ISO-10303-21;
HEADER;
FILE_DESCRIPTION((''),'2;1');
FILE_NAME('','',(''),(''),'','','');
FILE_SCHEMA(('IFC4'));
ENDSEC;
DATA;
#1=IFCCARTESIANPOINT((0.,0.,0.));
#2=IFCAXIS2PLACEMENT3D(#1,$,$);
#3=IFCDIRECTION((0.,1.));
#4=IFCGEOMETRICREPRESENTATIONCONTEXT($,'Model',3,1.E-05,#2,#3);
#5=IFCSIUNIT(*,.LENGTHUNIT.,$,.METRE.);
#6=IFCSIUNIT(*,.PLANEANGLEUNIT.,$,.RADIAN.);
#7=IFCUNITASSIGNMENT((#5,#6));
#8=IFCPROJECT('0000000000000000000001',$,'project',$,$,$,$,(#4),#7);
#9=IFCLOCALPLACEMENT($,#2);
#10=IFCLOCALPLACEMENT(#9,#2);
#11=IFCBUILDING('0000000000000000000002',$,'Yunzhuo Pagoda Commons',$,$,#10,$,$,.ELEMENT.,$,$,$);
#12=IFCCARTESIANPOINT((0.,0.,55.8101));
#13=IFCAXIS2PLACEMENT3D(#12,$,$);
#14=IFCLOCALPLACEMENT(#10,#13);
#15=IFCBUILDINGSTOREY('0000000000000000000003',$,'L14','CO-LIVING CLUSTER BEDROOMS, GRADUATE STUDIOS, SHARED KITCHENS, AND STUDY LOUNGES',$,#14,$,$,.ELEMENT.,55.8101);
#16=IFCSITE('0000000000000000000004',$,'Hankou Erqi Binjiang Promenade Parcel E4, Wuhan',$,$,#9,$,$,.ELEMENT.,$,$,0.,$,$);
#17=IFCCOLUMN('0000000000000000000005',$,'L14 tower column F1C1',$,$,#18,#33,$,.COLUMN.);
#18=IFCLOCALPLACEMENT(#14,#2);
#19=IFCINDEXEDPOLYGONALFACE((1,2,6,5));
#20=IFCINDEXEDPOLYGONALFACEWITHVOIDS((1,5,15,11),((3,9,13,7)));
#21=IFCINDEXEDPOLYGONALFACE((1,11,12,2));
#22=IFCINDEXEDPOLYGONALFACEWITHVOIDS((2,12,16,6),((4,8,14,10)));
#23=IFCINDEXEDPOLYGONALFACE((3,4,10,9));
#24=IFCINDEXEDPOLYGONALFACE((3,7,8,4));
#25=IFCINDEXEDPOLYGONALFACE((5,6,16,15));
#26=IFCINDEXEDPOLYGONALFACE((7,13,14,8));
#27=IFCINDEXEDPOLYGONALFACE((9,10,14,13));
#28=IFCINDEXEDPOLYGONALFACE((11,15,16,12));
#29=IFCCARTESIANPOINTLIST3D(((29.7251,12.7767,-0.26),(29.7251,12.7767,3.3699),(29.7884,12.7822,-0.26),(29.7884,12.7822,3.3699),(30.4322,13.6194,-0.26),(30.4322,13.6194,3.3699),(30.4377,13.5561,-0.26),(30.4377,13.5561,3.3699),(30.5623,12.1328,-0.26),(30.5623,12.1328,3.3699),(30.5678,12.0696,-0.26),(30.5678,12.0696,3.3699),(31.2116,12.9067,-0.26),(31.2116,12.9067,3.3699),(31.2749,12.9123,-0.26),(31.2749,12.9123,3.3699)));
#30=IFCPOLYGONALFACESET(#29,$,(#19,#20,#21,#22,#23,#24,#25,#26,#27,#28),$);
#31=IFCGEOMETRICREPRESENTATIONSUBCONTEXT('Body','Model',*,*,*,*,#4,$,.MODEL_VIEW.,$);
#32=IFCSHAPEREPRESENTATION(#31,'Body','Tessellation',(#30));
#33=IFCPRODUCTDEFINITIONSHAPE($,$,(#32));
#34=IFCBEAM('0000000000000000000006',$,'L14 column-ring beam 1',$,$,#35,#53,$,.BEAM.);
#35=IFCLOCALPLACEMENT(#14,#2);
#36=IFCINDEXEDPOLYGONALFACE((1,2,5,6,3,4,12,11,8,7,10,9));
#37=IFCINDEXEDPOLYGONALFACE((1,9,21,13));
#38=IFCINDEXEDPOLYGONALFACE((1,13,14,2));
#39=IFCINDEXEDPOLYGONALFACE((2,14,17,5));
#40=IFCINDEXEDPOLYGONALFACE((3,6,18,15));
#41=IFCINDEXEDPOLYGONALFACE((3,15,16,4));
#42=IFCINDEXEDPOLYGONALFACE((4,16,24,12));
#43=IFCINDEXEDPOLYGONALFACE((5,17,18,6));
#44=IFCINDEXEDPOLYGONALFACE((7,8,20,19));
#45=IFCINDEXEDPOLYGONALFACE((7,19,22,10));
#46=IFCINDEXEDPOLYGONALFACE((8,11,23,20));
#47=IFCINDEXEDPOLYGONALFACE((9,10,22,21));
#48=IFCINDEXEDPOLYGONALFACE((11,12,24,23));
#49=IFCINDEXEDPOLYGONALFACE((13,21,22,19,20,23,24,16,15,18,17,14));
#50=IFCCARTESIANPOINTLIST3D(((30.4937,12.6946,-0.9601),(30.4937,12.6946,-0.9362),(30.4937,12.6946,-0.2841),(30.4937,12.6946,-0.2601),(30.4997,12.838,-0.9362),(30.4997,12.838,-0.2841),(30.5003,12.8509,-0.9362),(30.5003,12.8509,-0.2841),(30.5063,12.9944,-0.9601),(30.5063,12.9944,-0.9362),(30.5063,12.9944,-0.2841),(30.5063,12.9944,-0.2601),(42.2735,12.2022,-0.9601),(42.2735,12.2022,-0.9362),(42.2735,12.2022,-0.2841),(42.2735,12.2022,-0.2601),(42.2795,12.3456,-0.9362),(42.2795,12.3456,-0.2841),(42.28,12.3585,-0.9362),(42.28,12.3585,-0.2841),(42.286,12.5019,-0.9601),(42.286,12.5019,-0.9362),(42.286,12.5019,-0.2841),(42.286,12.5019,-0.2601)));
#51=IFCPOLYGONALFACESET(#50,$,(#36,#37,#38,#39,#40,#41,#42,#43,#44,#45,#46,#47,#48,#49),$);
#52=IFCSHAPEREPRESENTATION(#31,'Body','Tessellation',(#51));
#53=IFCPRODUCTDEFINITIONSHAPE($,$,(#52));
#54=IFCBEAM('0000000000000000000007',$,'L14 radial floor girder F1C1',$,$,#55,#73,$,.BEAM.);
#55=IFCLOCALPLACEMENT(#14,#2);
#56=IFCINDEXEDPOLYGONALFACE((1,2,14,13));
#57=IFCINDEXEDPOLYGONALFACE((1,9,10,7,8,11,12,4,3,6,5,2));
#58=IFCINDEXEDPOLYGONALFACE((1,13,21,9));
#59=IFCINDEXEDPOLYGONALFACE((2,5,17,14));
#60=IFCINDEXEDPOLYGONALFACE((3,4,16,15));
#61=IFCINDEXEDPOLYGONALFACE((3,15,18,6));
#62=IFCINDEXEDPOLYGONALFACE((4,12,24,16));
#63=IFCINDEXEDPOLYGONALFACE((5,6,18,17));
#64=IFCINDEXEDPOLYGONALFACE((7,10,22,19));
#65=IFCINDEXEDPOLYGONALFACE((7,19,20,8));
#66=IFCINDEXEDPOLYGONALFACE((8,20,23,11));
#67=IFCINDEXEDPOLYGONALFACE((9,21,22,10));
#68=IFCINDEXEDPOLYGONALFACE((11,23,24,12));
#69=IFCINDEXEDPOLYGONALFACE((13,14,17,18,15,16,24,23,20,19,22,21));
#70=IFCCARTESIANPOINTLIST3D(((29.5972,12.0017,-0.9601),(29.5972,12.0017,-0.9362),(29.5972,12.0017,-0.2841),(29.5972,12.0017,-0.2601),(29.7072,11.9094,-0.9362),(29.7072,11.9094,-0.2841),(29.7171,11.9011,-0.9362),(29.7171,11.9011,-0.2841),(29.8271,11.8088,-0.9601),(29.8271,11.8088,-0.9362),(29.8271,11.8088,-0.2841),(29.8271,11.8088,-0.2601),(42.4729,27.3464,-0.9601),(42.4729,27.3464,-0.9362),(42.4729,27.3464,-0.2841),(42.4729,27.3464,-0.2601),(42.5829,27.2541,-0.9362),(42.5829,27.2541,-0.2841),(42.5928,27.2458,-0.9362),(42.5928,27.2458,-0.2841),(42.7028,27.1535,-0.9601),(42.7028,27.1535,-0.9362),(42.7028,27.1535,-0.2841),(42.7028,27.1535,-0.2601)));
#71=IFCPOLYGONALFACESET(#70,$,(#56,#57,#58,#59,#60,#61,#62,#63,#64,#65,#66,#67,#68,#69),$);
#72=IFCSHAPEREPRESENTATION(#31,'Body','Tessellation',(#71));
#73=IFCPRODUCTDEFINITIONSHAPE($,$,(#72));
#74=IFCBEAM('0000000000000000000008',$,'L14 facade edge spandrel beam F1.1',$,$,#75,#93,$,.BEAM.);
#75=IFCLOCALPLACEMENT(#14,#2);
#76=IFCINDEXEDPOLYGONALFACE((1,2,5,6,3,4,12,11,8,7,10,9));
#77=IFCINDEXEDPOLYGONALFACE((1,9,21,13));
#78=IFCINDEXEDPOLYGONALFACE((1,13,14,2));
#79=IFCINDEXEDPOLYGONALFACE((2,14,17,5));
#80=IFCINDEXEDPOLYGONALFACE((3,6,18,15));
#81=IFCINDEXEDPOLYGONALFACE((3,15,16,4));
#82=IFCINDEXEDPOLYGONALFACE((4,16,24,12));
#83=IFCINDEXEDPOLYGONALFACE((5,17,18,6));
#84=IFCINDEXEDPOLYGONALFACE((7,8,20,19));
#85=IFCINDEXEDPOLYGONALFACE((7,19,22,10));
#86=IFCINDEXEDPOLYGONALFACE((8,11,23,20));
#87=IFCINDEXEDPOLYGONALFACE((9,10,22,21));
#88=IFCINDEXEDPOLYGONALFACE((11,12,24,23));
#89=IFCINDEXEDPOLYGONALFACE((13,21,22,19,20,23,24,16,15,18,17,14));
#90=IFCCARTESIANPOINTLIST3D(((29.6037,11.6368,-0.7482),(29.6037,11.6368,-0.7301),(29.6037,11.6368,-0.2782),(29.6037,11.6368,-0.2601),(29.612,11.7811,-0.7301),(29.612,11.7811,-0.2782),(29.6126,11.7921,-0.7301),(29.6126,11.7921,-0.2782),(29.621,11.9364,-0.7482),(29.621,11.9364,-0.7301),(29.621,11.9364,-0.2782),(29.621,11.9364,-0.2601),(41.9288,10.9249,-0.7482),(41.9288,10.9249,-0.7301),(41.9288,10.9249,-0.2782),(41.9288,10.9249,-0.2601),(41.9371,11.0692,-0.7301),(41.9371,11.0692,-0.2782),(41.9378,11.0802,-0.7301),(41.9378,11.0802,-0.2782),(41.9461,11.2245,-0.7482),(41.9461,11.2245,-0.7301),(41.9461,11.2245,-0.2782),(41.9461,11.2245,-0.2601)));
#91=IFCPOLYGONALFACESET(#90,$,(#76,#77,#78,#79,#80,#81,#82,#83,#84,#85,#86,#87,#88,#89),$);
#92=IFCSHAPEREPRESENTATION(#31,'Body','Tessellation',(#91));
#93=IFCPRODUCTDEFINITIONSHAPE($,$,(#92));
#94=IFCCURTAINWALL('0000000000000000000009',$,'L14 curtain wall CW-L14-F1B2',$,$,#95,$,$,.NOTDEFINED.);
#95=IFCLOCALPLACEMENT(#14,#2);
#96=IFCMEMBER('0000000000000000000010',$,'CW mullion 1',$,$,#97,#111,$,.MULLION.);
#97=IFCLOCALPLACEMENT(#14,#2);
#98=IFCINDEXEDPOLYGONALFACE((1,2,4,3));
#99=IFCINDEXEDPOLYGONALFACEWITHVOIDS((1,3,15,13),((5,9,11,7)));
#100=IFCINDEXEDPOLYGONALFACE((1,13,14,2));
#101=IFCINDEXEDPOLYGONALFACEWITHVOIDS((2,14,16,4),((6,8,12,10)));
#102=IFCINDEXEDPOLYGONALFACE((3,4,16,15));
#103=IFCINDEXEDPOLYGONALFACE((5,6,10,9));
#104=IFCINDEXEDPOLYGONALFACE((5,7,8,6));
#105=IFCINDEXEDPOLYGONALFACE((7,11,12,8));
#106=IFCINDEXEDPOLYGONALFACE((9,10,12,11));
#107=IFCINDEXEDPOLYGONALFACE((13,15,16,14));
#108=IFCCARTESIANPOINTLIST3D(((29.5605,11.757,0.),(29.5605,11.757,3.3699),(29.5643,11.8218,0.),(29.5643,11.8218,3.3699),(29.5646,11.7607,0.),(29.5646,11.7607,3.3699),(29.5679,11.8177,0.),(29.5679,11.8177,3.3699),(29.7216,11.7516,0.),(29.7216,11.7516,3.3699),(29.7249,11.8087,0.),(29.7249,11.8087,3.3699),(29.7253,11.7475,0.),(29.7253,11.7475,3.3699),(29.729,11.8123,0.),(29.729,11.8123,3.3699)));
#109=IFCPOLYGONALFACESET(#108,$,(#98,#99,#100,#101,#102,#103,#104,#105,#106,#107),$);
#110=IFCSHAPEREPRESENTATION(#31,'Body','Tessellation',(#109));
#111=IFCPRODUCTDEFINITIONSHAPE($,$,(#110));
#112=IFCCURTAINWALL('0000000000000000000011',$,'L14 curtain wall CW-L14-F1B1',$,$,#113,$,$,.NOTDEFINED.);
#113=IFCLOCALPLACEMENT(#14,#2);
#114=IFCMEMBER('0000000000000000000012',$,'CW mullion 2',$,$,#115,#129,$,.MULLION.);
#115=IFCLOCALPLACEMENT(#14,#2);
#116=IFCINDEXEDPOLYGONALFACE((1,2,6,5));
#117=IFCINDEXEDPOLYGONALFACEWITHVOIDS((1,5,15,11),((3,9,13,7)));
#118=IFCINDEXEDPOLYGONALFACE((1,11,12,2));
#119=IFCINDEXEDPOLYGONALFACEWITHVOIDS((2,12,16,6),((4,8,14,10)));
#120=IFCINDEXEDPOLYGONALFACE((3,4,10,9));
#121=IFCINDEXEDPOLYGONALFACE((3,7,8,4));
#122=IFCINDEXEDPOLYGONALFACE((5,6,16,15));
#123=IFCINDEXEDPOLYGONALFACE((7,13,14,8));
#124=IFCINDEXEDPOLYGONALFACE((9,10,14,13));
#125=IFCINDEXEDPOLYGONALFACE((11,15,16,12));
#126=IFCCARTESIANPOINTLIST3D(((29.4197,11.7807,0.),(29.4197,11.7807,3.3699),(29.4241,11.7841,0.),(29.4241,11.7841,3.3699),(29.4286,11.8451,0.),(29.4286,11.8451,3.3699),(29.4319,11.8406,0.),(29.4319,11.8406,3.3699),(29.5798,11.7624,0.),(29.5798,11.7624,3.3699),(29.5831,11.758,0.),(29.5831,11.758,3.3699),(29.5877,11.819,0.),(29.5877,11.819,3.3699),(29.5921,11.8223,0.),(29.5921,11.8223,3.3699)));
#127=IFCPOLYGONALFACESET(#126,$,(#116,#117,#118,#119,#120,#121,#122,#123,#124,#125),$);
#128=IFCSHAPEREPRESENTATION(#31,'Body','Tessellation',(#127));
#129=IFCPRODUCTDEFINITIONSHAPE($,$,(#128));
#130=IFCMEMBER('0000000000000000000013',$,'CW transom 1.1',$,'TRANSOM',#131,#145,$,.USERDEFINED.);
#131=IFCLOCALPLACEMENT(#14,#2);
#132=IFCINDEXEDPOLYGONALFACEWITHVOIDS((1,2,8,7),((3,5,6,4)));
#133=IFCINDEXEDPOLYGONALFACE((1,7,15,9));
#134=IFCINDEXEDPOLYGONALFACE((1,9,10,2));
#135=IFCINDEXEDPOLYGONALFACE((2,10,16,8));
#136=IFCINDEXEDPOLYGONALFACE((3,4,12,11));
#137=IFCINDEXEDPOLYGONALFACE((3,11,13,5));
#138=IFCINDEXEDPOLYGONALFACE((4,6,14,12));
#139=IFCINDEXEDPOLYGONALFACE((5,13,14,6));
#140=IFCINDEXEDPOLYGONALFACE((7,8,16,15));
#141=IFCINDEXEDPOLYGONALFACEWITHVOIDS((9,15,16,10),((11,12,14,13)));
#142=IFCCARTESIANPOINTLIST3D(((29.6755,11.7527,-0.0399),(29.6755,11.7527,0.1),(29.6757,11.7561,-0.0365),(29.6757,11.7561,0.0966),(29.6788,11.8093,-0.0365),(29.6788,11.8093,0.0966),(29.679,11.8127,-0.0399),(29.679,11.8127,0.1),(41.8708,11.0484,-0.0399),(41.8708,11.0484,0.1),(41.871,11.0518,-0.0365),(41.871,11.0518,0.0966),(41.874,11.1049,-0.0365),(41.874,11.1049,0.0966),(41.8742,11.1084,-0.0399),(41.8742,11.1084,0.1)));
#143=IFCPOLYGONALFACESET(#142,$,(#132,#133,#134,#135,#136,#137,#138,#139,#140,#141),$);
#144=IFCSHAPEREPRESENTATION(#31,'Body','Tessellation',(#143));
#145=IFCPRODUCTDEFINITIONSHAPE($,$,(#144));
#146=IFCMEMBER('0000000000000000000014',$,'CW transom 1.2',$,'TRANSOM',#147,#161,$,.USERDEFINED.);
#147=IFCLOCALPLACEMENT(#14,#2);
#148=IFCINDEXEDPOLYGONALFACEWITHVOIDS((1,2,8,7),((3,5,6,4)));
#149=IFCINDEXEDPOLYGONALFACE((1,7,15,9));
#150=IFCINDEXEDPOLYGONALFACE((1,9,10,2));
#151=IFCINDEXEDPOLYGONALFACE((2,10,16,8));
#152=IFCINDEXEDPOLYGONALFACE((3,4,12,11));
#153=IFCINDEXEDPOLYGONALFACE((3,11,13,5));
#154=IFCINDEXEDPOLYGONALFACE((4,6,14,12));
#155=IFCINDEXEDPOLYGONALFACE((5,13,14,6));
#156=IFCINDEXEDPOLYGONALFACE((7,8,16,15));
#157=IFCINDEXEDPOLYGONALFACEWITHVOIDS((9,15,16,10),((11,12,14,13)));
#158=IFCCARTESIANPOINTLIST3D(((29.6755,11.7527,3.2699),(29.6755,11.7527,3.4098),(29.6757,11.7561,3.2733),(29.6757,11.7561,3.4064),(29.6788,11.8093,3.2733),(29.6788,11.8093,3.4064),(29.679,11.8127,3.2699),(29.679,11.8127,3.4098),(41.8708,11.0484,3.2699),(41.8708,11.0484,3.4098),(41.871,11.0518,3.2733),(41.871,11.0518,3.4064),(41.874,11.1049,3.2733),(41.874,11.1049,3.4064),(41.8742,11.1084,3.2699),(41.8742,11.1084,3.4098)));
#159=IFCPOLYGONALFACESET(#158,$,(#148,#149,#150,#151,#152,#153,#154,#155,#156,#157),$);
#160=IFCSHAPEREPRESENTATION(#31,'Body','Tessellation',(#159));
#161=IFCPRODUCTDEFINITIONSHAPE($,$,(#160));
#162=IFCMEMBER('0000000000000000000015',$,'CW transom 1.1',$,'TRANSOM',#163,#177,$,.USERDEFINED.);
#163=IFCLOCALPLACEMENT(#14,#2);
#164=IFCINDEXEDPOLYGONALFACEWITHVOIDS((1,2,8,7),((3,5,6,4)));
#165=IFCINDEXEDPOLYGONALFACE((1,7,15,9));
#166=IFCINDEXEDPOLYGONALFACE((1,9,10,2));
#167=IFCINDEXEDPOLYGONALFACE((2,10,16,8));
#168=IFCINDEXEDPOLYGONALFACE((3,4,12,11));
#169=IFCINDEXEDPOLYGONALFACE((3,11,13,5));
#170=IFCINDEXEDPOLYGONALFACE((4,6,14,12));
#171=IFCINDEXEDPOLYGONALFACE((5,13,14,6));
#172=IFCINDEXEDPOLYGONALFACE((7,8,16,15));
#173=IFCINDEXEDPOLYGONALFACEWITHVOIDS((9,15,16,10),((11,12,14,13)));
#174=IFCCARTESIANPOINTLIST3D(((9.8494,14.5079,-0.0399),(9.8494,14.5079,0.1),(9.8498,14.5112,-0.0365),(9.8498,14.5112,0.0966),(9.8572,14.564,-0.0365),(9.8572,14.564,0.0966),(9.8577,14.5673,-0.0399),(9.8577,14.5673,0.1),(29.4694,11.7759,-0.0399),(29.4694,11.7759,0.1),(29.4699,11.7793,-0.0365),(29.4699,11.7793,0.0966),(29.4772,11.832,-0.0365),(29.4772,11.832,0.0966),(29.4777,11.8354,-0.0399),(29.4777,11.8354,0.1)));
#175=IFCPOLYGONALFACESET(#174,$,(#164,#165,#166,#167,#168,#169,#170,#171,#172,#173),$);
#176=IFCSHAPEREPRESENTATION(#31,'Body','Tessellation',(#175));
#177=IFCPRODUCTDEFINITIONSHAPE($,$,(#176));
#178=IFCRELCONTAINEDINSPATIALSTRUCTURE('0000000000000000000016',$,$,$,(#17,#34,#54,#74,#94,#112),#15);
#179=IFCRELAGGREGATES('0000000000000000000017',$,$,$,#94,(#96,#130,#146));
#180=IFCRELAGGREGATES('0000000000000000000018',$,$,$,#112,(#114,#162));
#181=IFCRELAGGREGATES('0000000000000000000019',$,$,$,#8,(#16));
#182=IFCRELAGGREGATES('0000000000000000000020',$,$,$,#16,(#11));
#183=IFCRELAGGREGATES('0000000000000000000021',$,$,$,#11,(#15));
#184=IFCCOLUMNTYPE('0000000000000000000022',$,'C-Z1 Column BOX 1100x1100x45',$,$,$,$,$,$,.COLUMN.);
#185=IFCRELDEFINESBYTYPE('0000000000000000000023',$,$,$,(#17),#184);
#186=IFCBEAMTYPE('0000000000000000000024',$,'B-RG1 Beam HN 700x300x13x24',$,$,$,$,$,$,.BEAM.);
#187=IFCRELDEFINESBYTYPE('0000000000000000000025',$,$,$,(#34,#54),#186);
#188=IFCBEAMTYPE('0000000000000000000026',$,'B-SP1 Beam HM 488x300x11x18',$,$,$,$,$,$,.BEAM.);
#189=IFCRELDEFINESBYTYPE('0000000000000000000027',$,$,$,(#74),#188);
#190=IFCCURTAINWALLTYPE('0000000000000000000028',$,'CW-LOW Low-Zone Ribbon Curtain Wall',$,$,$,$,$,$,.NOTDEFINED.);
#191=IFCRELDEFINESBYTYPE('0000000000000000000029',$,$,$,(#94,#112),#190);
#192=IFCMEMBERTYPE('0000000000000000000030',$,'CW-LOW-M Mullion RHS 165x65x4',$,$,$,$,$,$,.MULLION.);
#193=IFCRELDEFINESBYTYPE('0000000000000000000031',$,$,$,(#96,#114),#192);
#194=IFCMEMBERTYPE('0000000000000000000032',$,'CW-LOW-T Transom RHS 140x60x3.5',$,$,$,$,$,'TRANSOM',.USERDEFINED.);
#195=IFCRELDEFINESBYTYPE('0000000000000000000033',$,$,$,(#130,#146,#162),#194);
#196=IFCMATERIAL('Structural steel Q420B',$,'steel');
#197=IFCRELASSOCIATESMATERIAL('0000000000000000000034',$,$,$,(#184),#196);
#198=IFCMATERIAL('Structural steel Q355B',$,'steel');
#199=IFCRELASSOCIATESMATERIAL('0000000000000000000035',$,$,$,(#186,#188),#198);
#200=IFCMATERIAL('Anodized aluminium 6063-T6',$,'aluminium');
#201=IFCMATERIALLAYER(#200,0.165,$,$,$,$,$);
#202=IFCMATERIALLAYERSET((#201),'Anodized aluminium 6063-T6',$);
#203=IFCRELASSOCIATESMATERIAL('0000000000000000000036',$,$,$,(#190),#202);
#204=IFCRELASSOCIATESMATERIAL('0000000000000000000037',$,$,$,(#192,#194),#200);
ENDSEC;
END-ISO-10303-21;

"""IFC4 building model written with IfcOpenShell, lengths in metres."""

from ifc_helpers import new_model, si_unit, direction, frame, origin, origin_2d, place, context, subcontext, project, spatial, hollow_rectangle, i_section, extrude, source, transform, mapped, material, layer, layer_set, material_profile, profile_set, type_object, element, aggregate, save


model = new_model("IFC4")

# Units and contexts
model_context = context("Model", 3, precision=1e-05, world=origin(), true_north=direction((0.0, 1.0)))
body_context = subcontext(model_context, "Body", "Model", "MODEL_VIEW")
ifc_project = project(units=[si_unit("LENGTHUNIT", "METRE"), si_unit("PLANEANGLEUNIT", "RADIAN")], contexts=[model_context])

# Site, building, storey
site_placement = place(None, origin())
site = spatial("IfcSite", under=ifc_project, at=site_placement, Name="Hankou Erqi Binjiang Promenade Parcel E4, Wuhan", CompositionType="ELEMENT", RefElevation=0.0)
building_placement = place(site_placement, origin())
building = spatial("IfcBuilding", under=site, at=building_placement, Name="Yunzhuo Pagoda Commons", CompositionType="ELEMENT")
storey_placement = place(building_placement, frame((0.0, 0.0, 55.8101)))
storey = spatial("IfcBuildingStorey", under=building, at=storey_placement, Name="L14", Description="CO-LIVING CLUSTER BEDROOMS, GRADUATE STUDIOS, SHARED KITCHENS, AND STUDY LOUNGES", CompositionType="ELEMENT", Elevation=55.8101)

# Column
ifc_material_1 = material(Name="Structural steel Q420B", Category="steel")
ifc_material_profile_1 = material_profile(ifc_material_1, hollow_rectangle(XDim=1.1001, YDim=1.1001, WallThickness=0.0449, at=origin_2d()), Name="Structural steel Q420B")
ifc_profile_set_1 = profile_set([ifc_material_profile_1], Name="Structural steel Q420B")
column_type = type_object("IfcColumnType", Name="C-Z1 Column BOX 1100x1100x45", PredefinedType="COLUMN", material=ifc_profile_set_1)
shared_shape_1 = source(origin(), body_context, "Body", "SweptSolid", [
    extrude(hollow_rectangle(XDim=1.1001, YDim=1.1001, WallThickness=0.0449, at=origin_2d()), origin(), (0.0, 0.0, 1.0), 3.6299),
])
column_placement = place(storey_placement, frame((30.5, 12.8445, -0.26), z_axis=(0.0, 0.0, 1.0), x_axis=(0.766044, -0.642788, 0.0)))
element("IfcColumn", 1, at=column_placement, inside=storey, type_object=column_type, Name="L14 tower column F1C1", PredefinedType="COLUMN", context=body_context, shape_type="MappedRepresentation", body=[
    mapped(shared_shape_1, transform((0.0, 0.0, 0.0), scale=1.0)),
])

# Beams
ifc_material_2 = material(Name="Structural steel Q355B", Category="steel")
ifc_material_profile_2 = material_profile(ifc_material_2, i_section(OverallWidth=0.3, OverallDepth=0.7, WebThickness=0.0129, FlangeThickness=0.0239, at=origin_2d()), Name="Structural steel Q355B")
ifc_profile_set_2 = profile_set([ifc_material_profile_2], Name="Structural steel Q355B")
beam_type_1 = type_object("IfcBeamType", Name="B-RG1 Beam HN 700x300x13x24", PredefinedType="BEAM", material=ifc_profile_set_2)
shared_shape_2 = source(origin(), body_context, "Body", "SweptSolid", [
    extrude(i_section(OverallWidth=0.3, OverallDepth=0.7, WebThickness=0.0129, FlangeThickness=0.0239, at=origin_2d()), origin(), (0.0, 0.0, 1.0), 11.79),
])
beam_1_placement = place(storey_placement, frame((30.5, 12.8445, -0.6101), z_axis=(0.999127, -0.041767, 0.0), x_axis=(0.041767, 0.999127, 0.0)))
element("IfcBeam", 2, at=beam_1_placement, inside=storey, type_object=beam_type_1, Name="L14 column-ring beam 1", PredefinedType="BEAM", context=body_context, shape_type="MappedRepresentation", body=[
    mapped(shared_shape_2, transform((0.0, 0.0, 0.0), scale=1.0)),
])
shared_shape_3 = source(origin(), body_context, "Body", "SweptSolid", [
    extrude(i_section(OverallWidth=0.3, OverallDepth=0.7, WebThickness=0.0129, FlangeThickness=0.0239, at=origin_2d()), origin(), (0.0, 0.0, 1.0), 20.031),
])
beam_2_placement = place(storey_placement, frame((29.7122, 11.9053, -0.6101), z_axis=(0.642787, 0.766045, 0.0), x_axis=(-0.766045, 0.642787, 0.0)))
element("IfcBeam", 3, at=beam_2_placement, inside=storey, type_object=beam_type_1, Name="L14 radial floor girder F1C1", PredefinedType="BEAM", context=body_context, shape_type="MappedRepresentation", body=[
    mapped(shared_shape_3, transform((0.0, 0.0, 0.0), scale=1.0)),
])
ifc_material_profile_3 = material_profile(ifc_material_2, i_section(OverallWidth=0.3, OverallDepth=0.488, WebThickness=0.011, FlangeThickness=0.0181, at=origin_2d()), Name="Structural steel Q355B")
ifc_profile_set_3 = profile_set([ifc_material_profile_3], Name="Structural steel Q355B")
beam_type_2 = type_object("IfcBeamType", Name="B-SP1 Beam HM 488x300x11x18", PredefinedType="BEAM", material=ifc_profile_set_3)
shared_shape_4 = source(origin(), body_context, "Body", "SweptSolid", [
    extrude(i_section(OverallWidth=0.3, OverallDepth=0.488, WebThickness=0.011, FlangeThickness=0.0181, at=origin_2d()), origin(), (0.0, 0.0, 1.0), 12.3457),
])
beam_3_placement = place(storey_placement, frame((29.6123, 11.7866, -0.5042), z_axis=(0.998336, -0.057665, 0.0), x_axis=(0.057665, 0.998336, 0.0)))
element("IfcBeam", 4, at=beam_3_placement, inside=storey, type_object=beam_type_2, Name="L14 facade edge spandrel beam F1.1", PredefinedType="BEAM", context=body_context, shape_type="MappedRepresentation", body=[
    mapped(shared_shape_4, transform((0.0, 0.0, 0.0), scale=1.0)),
])

# Curtain walls, members
ifc_material_3 = material(Name="Anodized aluminium 6063-T6", Category="aluminium")
ifc_layer_1 = layer(ifc_material_3, 0.165)
ifc_layer_set_1 = layer_set([ifc_layer_1], Name="Anodized aluminium 6063-T6")
curtain_wall_type = type_object("IfcCurtainWallType", Name="CW-LOW Low-Zone Ribbon Curtain Wall", PredefinedType="NOTDEFINED", material=ifc_layer_set_1)
curtain_wall_1_placement = place(storey_placement, origin())
curtain_wall_1 = element("IfcCurtainWall", 5, at=curtain_wall_1_placement, inside=storey, type_object=curtain_wall_type, Name="L14 curtain wall CW-L14-F1B2", PredefinedType="NOTDEFINED")
ifc_material_profile_4 = material_profile(ifc_material_3, hollow_rectangle(XDim=0.0649, YDim=0.165, WallThickness=0.0039, at=origin_2d()), Name="Anodized aluminium 6063-T6")
ifc_profile_set_4 = profile_set([ifc_material_profile_4], Name="Anodized aluminium 6063-T6")
member_type_1 = type_object("IfcMemberType", Name="CW-LOW-M Mullion RHS 165x65x4", PredefinedType="MULLION", material=ifc_profile_set_4)
shared_shape_5 = source(origin(), body_context, "Body", "SweptSolid", [
    extrude(hollow_rectangle(XDim=0.0649, YDim=0.165, WallThickness=0.0039, at=origin_2d()), origin(), (0.0, 0.0, 1.0), 3.3699),
])
member_1_placement = place(storey_placement, frame((29.6448, 11.7847, 0.0), z_axis=(0.0, 0.0, 1.0), x_axis=(0.057664, 0.998336, 0.0)))
member_1 = element("IfcMember", 6, at=member_1_placement, type_object=member_type_1, Name="CW mullion 1", PredefinedType="MULLION", context=body_context, shape_type="MappedRepresentation", body=[
    mapped(shared_shape_5, transform((0.0, 0.0, 0.0), scale=1.0)),
])
curtain_wall_2_placement = place(storey_placement, origin())
curtain_wall_2 = element("IfcCurtainWall", 7, at=curtain_wall_2_placement, inside=storey, type_object=curtain_wall_type, Name="L14 curtain wall CW-L14-F1B1", PredefinedType="NOTDEFINED")
member_2_placement = place(storey_placement, frame((29.5059, 11.8015, 0.0), z_axis=(0.0, 0.0, 1.0), x_axis=(0.137905, 0.990445, 0.0)))
member_2 = element("IfcMember", 8, at=member_2_placement, type_object=member_type_1, Name="CW mullion 2", PredefinedType="MULLION", context=body_context, shape_type="MappedRepresentation", body=[
    mapped(shared_shape_5, transform((0.0, 0.0, 0.0), scale=1.0)),
])

# Members
ifc_material_profile_5 = material_profile(ifc_material_3, hollow_rectangle(XDim=0.0601, YDim=0.1399, WallThickness=0.0034, at=origin_2d()), Name="Anodized aluminium 6063-T6")
ifc_profile_set_5 = profile_set([ifc_material_profile_5], Name="Anodized aluminium 6063-T6")
member_type_2 = type_object("IfcMemberType", Name="CW-LOW-T Transom RHS 140x60x3.5", ElementType="TRANSOM", PredefinedType="USERDEFINED", material=ifc_profile_set_5)
shared_shape_6 = source(origin(), body_context, "Body", "SweptSolid", [
    extrude(hollow_rectangle(XDim=0.0601, YDim=0.1399, WallThickness=0.0034, at=origin_2d()), origin(), (0.0, 0.0, 1.0), 12.2156),
])
member_3_placement = place(storey_placement, frame((29.6772, 11.7827, 0.03), z_axis=(0.998336, -0.057659, 0.0), x_axis=(0.057659, 0.998336, 0.0)))
member_3 = element("IfcMember", 9, at=member_3_placement, type_object=member_type_2, Name="CW transom 1.1", ObjectType="TRANSOM", PredefinedType="USERDEFINED", context=body_context, shape_type="MappedRepresentation", body=[
    mapped(shared_shape_6, transform((0.0, 0.0, 0.0), scale=1.0)),
])
member_4_placement = place(storey_placement, frame((29.6772, 11.7827, 3.3398), z_axis=(0.998336, -0.057659, 0.0), x_axis=(0.057659, 0.998336, 0.0)))
member_4 = element("IfcMember", 10, at=member_4_placement, type_object=member_type_2, Name="CW transom 1.2", ObjectType="TRANSOM", PredefinedType="USERDEFINED", context=body_context, shape_type="MappedRepresentation", body=[
    mapped(shared_shape_6, transform((0.0, 0.0, 0.0), scale=1.0)),
])
aggregate(curtain_wall_1, [member_1, member_3, member_4])
shared_shape_7 = source(origin(), body_context, "Body", "SweptSolid", [
    extrude(hollow_rectangle(XDim=0.0601, YDim=0.1399, WallThickness=0.0034, at=origin_2d()), origin(), (0.0, 0.0, 1.0), 19.8093),
])
member_5_placement = place(storey_placement, frame((9.8535, 14.5376, 0.03), z_axis=(0.990445, -0.137911, 0.0), x_axis=(0.137911, 0.990445, 0.0)))
member_5 = element("IfcMember", 11, at=member_5_placement, type_object=member_type_2, Name="CW transom 1.1", ObjectType="TRANSOM", PredefinedType="USERDEFINED", context=body_context, shape_type="MappedRepresentation", body=[
    mapped(shared_shape_7, transform((0.0, 0.0, 0.0), scale=1.0)),
])

aggregate(curtain_wall_2, [member_2, member_5])

save(model, "model.ifc")
